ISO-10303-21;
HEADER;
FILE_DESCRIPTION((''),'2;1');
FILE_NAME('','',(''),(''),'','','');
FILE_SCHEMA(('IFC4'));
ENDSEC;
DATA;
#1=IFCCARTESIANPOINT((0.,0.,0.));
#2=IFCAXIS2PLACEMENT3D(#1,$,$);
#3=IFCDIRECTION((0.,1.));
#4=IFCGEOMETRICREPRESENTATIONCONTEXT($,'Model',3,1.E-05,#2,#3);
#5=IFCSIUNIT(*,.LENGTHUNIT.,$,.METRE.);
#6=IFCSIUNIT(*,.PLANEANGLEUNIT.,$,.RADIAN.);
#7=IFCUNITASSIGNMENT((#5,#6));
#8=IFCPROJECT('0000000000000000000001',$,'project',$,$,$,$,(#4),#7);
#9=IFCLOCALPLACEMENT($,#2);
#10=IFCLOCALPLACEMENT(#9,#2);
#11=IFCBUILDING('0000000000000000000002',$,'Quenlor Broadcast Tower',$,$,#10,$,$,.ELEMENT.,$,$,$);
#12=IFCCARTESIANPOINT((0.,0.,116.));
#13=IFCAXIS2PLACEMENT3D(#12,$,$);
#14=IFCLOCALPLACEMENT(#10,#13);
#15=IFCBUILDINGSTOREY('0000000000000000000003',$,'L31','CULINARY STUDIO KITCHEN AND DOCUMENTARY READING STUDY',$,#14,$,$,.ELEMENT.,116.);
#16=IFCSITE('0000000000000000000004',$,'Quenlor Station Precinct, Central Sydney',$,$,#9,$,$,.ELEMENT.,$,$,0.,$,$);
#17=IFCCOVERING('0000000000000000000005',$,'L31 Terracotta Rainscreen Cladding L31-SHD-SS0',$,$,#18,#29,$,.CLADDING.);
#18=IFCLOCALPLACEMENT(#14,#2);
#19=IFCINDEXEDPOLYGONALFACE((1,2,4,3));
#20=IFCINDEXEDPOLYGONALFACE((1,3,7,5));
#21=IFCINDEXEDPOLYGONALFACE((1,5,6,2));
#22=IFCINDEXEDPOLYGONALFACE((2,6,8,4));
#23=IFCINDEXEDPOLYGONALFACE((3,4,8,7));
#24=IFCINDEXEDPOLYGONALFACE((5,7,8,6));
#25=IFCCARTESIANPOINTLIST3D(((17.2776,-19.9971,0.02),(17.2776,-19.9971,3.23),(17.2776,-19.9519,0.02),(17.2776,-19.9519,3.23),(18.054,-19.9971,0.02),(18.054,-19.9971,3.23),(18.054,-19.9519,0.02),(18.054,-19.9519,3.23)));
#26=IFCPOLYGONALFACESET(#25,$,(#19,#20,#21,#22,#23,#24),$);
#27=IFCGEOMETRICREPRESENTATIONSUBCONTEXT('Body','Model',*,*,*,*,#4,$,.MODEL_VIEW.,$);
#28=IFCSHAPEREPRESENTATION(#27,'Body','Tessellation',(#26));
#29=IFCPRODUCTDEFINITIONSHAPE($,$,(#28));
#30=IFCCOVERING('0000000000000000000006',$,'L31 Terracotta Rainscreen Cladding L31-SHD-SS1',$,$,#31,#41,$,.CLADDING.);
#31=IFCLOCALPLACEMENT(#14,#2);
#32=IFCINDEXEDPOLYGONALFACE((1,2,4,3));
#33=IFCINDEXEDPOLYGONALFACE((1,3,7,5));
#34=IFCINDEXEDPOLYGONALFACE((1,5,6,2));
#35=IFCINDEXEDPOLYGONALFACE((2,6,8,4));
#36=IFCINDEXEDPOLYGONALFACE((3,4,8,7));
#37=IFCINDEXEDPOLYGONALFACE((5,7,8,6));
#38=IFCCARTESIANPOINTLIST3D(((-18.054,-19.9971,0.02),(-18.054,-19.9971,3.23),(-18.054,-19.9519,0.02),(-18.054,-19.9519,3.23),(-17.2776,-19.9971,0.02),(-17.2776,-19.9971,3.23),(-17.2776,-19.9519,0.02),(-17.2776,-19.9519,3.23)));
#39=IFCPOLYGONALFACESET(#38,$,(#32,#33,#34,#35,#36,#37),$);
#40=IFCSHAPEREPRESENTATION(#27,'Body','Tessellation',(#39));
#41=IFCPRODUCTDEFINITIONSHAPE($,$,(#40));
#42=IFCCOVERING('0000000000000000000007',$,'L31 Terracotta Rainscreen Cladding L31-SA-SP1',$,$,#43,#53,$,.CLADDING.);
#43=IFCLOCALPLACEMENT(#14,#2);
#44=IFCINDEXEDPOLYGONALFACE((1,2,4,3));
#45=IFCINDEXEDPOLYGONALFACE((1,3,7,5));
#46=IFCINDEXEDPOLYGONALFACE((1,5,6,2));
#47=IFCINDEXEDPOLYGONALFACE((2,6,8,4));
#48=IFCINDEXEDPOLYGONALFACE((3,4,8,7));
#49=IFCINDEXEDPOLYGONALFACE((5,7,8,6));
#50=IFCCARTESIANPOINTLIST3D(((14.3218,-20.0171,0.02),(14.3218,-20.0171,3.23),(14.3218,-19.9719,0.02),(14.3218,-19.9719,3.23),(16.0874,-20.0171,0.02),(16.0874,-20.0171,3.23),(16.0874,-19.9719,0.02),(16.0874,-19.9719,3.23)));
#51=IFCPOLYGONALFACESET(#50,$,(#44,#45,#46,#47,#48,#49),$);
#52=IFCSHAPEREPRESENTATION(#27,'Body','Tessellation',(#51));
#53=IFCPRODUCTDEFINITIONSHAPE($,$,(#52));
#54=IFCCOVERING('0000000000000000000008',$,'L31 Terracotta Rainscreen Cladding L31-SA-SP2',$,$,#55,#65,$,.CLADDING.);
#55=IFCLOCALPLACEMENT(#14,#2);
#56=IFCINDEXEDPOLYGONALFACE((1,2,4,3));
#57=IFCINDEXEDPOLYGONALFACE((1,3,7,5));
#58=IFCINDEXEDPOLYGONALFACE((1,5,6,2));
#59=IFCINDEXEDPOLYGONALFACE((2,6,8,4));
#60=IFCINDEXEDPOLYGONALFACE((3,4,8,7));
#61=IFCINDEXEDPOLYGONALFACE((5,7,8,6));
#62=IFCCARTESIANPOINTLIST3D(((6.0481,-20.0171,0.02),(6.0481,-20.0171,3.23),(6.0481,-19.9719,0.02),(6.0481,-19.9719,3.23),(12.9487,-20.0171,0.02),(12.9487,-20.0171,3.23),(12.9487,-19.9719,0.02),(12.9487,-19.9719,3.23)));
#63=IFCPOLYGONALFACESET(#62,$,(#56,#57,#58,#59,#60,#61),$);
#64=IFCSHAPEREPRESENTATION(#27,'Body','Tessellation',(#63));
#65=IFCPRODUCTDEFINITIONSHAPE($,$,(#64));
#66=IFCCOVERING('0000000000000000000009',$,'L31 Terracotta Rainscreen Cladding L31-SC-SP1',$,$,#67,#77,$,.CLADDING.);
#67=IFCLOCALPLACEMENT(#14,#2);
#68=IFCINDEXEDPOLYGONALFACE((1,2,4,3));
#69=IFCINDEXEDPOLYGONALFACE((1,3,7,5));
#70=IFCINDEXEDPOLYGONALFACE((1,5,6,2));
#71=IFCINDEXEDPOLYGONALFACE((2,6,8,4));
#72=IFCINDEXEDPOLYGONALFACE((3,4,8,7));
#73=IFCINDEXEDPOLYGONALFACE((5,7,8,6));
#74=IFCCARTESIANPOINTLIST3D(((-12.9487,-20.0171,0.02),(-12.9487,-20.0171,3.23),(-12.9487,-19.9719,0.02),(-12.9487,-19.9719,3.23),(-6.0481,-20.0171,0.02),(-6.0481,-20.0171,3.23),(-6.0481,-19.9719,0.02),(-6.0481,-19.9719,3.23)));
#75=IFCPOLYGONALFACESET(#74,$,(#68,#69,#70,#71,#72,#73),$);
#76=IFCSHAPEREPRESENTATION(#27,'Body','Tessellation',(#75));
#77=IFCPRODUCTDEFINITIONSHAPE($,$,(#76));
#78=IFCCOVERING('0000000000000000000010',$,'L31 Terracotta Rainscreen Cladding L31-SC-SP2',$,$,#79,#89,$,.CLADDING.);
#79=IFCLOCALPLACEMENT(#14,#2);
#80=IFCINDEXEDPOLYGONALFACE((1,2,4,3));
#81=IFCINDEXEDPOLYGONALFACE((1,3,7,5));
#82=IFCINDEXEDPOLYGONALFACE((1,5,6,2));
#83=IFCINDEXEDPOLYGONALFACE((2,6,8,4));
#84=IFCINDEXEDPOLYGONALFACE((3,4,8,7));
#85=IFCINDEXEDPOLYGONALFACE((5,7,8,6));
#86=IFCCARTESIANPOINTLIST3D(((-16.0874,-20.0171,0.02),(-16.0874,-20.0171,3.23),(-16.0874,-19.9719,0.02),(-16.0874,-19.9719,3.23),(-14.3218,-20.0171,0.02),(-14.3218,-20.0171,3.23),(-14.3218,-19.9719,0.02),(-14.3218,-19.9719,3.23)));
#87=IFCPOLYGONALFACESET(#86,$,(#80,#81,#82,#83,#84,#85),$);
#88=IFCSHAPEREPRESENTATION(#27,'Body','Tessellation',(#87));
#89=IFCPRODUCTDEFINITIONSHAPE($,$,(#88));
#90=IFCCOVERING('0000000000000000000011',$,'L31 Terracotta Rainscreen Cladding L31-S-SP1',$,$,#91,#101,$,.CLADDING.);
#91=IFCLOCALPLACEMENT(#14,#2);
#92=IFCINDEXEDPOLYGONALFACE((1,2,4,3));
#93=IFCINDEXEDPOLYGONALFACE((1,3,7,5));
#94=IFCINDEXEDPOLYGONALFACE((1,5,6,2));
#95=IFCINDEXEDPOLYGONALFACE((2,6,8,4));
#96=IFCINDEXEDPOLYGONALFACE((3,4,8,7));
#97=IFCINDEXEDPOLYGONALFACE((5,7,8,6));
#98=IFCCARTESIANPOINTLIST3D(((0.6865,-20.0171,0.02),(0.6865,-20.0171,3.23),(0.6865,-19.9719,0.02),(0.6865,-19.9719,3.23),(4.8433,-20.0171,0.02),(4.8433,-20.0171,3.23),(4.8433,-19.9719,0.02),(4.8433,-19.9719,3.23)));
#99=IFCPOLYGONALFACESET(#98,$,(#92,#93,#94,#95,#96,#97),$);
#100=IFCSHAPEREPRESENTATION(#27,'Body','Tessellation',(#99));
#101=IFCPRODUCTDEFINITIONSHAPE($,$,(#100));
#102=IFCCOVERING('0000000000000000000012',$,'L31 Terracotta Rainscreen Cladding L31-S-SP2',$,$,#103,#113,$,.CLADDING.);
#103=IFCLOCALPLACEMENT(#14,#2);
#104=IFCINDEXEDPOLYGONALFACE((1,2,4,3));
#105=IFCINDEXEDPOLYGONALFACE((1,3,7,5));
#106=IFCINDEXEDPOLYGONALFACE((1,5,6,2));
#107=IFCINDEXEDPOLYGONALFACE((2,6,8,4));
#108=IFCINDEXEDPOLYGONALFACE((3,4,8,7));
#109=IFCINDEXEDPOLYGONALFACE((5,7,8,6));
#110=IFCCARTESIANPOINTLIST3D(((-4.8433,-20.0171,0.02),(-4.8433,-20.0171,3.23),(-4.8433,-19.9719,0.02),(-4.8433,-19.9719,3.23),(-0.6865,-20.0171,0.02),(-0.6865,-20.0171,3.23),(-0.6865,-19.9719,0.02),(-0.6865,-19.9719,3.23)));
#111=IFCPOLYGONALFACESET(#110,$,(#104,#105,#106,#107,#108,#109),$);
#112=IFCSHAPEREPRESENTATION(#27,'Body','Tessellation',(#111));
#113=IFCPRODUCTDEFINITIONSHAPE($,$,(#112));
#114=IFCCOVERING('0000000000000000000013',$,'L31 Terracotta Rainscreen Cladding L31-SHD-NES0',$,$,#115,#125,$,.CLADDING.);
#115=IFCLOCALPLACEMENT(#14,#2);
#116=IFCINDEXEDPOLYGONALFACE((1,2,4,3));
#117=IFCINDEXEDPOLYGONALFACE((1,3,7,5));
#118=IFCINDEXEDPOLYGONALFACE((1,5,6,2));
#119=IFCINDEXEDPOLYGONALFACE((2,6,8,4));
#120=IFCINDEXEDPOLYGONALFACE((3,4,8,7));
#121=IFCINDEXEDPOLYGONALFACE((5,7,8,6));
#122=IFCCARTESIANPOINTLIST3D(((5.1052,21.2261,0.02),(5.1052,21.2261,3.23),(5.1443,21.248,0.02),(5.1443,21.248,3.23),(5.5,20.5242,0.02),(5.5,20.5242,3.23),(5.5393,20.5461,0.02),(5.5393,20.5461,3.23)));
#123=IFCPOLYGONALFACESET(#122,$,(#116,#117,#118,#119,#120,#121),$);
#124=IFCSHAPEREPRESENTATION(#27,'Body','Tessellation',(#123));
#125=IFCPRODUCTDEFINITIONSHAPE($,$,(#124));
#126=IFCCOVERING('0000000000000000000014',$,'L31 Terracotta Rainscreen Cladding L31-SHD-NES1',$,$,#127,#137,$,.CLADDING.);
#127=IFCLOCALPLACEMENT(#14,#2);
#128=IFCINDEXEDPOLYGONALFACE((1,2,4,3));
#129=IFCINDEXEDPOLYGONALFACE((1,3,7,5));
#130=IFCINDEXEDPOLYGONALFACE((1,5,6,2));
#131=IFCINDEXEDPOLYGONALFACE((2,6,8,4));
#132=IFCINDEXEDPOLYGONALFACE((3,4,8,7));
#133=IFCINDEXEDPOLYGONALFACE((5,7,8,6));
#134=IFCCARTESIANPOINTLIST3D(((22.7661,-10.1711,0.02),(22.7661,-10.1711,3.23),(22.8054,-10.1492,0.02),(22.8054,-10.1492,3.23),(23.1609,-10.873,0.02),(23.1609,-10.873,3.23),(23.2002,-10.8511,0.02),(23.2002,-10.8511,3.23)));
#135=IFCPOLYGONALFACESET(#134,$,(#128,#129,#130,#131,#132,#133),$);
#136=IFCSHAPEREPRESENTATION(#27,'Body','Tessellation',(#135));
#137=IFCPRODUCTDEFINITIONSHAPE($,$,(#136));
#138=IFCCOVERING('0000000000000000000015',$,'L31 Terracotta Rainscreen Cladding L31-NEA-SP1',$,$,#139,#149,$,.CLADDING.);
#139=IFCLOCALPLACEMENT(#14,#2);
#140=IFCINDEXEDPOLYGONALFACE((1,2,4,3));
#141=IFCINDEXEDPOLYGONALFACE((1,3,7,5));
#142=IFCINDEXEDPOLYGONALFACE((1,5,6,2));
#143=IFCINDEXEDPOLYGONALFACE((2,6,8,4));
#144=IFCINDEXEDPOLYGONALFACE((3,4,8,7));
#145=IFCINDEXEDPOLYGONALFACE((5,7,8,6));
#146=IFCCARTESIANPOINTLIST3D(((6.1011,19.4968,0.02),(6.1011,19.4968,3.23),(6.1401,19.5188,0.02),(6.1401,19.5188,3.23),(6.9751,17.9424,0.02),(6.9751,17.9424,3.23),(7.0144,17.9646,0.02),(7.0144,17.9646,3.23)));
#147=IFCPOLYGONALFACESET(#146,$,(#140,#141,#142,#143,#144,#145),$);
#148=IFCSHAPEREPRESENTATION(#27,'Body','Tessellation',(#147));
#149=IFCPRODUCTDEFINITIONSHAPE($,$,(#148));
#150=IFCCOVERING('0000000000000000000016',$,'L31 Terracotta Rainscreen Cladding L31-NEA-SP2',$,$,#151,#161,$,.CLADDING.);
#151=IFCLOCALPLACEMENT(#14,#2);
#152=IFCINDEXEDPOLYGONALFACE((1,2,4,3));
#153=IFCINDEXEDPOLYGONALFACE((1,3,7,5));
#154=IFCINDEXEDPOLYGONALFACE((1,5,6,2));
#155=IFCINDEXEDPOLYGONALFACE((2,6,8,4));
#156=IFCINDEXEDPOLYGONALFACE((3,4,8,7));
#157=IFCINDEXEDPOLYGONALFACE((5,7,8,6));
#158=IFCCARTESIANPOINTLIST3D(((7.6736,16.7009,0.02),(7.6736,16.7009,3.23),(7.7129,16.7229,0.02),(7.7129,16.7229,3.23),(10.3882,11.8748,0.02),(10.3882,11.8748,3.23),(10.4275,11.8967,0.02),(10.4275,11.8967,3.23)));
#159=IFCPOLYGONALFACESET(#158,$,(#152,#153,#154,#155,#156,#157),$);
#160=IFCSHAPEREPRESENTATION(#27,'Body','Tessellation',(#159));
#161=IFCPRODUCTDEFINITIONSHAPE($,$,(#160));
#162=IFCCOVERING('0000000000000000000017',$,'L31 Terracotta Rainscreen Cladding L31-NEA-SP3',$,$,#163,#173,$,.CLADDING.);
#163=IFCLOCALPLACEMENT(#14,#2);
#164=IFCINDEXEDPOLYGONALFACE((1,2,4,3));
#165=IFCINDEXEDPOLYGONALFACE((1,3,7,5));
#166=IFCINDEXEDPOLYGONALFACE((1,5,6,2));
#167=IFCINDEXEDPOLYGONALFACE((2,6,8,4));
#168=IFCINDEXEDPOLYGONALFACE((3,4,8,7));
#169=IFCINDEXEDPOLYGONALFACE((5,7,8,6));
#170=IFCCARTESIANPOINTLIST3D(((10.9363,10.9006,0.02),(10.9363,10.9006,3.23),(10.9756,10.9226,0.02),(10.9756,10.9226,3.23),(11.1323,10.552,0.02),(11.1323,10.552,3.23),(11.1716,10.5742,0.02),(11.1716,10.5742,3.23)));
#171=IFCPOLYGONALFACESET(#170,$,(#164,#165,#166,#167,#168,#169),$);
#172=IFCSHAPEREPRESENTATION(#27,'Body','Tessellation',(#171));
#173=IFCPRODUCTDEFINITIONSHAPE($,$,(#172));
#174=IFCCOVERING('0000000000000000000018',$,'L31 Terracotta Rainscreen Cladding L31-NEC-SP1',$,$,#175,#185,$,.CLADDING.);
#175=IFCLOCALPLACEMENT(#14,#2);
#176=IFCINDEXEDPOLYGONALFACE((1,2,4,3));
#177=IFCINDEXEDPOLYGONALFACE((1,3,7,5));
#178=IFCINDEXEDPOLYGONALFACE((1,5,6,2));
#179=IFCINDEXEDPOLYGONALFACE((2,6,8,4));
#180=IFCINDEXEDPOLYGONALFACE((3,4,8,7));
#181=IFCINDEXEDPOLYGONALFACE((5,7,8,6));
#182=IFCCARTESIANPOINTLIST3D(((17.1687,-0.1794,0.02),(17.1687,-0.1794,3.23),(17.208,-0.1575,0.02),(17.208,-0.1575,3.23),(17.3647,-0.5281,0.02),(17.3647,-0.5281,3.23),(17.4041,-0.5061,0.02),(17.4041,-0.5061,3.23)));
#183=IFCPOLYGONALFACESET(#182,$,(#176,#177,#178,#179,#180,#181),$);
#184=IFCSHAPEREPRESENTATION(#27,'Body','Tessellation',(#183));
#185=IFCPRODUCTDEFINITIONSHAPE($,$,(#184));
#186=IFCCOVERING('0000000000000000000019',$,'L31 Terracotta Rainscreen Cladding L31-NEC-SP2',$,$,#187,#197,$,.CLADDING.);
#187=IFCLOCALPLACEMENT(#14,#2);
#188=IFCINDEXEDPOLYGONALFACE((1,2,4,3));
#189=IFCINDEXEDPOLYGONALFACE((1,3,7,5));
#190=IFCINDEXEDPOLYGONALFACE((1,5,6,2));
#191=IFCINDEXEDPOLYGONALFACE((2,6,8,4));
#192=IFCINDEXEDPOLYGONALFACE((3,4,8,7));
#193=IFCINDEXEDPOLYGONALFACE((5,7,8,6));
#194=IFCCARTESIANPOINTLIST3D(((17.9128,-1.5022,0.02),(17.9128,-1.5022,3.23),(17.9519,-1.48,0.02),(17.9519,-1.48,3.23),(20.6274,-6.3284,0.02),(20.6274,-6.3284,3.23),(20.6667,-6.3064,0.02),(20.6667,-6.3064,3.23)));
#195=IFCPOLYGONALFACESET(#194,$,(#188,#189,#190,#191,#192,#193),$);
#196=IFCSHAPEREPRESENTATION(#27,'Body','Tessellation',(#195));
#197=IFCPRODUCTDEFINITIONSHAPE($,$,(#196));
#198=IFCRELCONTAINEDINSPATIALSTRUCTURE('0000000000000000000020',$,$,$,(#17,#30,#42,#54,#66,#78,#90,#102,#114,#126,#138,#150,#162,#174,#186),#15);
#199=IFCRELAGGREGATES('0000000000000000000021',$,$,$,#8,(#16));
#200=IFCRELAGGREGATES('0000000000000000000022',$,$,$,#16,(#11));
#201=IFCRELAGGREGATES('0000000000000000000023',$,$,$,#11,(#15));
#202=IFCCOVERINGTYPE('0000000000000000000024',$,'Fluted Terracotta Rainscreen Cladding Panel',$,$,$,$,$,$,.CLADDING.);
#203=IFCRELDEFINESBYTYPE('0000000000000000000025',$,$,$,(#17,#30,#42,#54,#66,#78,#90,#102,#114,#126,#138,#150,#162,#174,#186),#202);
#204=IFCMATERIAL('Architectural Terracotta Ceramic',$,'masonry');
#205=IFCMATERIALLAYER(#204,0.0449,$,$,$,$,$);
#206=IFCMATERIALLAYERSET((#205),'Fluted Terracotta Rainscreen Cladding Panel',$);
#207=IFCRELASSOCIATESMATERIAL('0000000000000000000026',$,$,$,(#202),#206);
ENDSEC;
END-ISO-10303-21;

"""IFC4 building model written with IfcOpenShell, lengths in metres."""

from ifc_helpers import new_model, si_unit, direction, frame, origin, place, context, subcontext, project, spatial, polyline, outline, extrude, material, layer, layer_set, type_object, element, save


model = new_model("IFC4")

# Units and contexts
model_context = context("Model", 3, precision=1e-05, world=origin(), true_north=direction((0.0, 1.0)))
body_context = subcontext(model_context, "Body", "Model", "MODEL_VIEW")
ifc_project = project(units=[si_unit("LENGTHUNIT", "METRE"), si_unit("PLANEANGLEUNIT", "RADIAN")], contexts=[model_context])

# Site, building, storey
site_placement = place(None, origin())
site = spatial("IfcSite", under=ifc_project, at=site_placement, Name="Quenlor Station Precinct, Central Sydney", CompositionType="ELEMENT", RefElevation=0.0)
building_placement = place(site_placement, origin())
building = spatial("IfcBuilding", under=site, at=building_placement, Name="Quenlor Broadcast Tower", CompositionType="ELEMENT")
storey_placement = place(building_placement, frame((0.0, 0.0, 116.0)))
storey = spatial("IfcBuildingStorey", under=building, at=storey_placement, Name="L31", Description="CULINARY STUDIO KITCHEN AND DOCUMENTARY READING STUDY", CompositionType="ELEMENT", Elevation=116.0)

# Coverings
ifc_material = material(Name="Architectural Terracotta Ceramic", Category="masonry")
ifc_layer = layer(ifc_material, 0.0449)
ifc_layer_set = layer_set([ifc_layer], Name="Fluted Terracotta Rainscreen Cladding Panel")
covering_type = type_object("IfcCoveringType", Name="Fluted Terracotta Rainscreen Cladding Panel", PredefinedType="CLADDING", material=ifc_layer_set)
covering_1_placement = place(storey_placement, frame((0.0, 0.0, 0.02)))
element("IfcCovering", 1, at=covering_1_placement, inside=storey, type_object=covering_type, Name="L31 Terracotta Rainscreen Cladding L31-SHD-SS0", PredefinedType="CLADDING", context=body_context, shape_type="SweptSolid", body=[
    extrude(outline(polyline([(18.054, -19.9519), (17.2776, -19.9519), (17.2776, -19.9971), (18.054, -19.9971), (18.054, -19.9519)])), origin(), (0.0, 0.0, 1.0), 3.21),
])
covering_2_placement = place(storey_placement, frame((0.0, 0.0, 0.02)))
element("IfcCovering", 2, at=covering_2_placement, inside=storey, type_object=covering_type, Name="L31 Terracotta Rainscreen Cladding L31-SHD-SS1", PredefinedType="CLADDING", context=body_context, shape_type="SweptSolid", body=[
    extrude(outline(polyline([(-17.2776, -19.9519), (-18.054, -19.9519), (-18.054, -19.9971), (-17.2776, -19.9971), (-17.2776, -19.9519)])), origin(), (0.0, 0.0, 1.0), 3.21),
])
covering_3_placement = place(storey_placement, frame((0.0, 0.0, 0.02)))
element("IfcCovering", 3, at=covering_3_placement, inside=storey, type_object=covering_type, Name="L31 Terracotta Rainscreen Cladding L31-SA-SP1", PredefinedType="CLADDING", context=body_context, shape_type="SweptSolid", body=[
    extrude(outline(polyline([(16.0874, -19.9719), (14.3218, -19.9719), (14.3218, -20.0171), (16.0874, -20.0171), (16.0874, -19.9719)])), origin(), (0.0, 0.0, 1.0), 3.21),
])
covering_4_placement = place(storey_placement, frame((0.0, 0.0, 0.02)))
element("IfcCovering", 4, at=covering_4_placement, inside=storey, type_object=covering_type, Name="L31 Terracotta Rainscreen Cladding L31-SA-SP2", PredefinedType="CLADDING", context=body_context, shape_type="SweptSolid", body=[
    extrude(outline(polyline([(12.9487, -19.9719), (6.0481, -19.9719), (6.0481, -20.0171), (12.9487, -20.0171), (12.9487, -19.9719)])), origin(), (0.0, 0.0, 1.0), 3.21),
])
covering_5_placement = place(storey_placement, frame((0.0, 0.0, 0.02)))
element("IfcCovering", 5, at=covering_5_placement, inside=storey, type_object=covering_type, Name="L31 Terracotta Rainscreen Cladding L31-SC-SP1", PredefinedType="CLADDING", context=body_context, shape_type="SweptSolid", body=[
    extrude(outline(polyline([(-6.0481, -19.9719), (-12.9487, -19.9719), (-12.9487, -20.0171), (-6.0481, -20.0171), (-6.0481, -19.9719)])), origin(), (0.0, 0.0, 1.0), 3.21),
])
covering_6_placement = place(storey_placement, frame((0.0, 0.0, 0.02)))
element("IfcCovering", 6, at=covering_6_placement, inside=storey, type_object=covering_type, Name="L31 Terracotta Rainscreen Cladding L31-SC-SP2", PredefinedType="CLADDING", context=body_context, shape_type="SweptSolid", body=[
    extrude(outline(polyline([(-14.3218, -19.9719), (-16.0874, -19.9719), (-16.0874, -20.0171), (-14.3218, -20.0171), (-14.3218, -19.9719)])), origin(), (0.0, 0.0, 1.0), 3.21),
])
covering_7_placement = place(storey_placement, frame((0.0, 0.0, 0.02)))
element("IfcCovering", 7, at=covering_7_placement, inside=storey, type_object=covering_type, Name="L31 Terracotta Rainscreen Cladding L31-S-SP1", PredefinedType="CLADDING", context=body_context, shape_type="SweptSolid", body=[
    extrude(outline(polyline([(4.8433, -19.9719), (0.6865, -19.9719), (0.6865, -20.0171), (4.8433, -20.0171), (4.8433, -19.9719)])), origin(), (0.0, 0.0, 1.0), 3.21),
])
covering_8_placement = place(storey_placement, frame((0.0, 0.0, 0.02)))
element("IfcCovering", 8, at=covering_8_placement, inside=storey, type_object=covering_type, Name="L31 Terracotta Rainscreen Cladding L31-S-SP2", PredefinedType="CLADDING", context=body_context, shape_type="SweptSolid", body=[
    extrude(outline(polyline([(-0.6865, -19.9719), (-4.8433, -19.9719), (-4.8433, -20.0171), (-0.6865, -20.0171), (-0.6865, -19.9719)])), origin(), (0.0, 0.0, 1.0), 3.21),
])
covering_9_placement = place(storey_placement, frame((0.0, 0.0, 0.02)))
element("IfcCovering", 9, at=covering_9_placement, inside=storey, type_object=covering_type, Name="L31 Terracotta Rainscreen Cladding L31-SHD-NES0", PredefinedType="CLADDING", context=body_context, shape_type="SweptSolid", body=[
    extrude(outline(polyline([(5.1052, 21.2261), (5.5, 20.5242), (5.5393, 20.5461), (5.1443, 21.248), (5.1052, 21.2261)])), origin(), (0.0, 0.0, 1.0), 3.21),
])
covering_10_placement = place(storey_placement, frame((0.0, 0.0, 0.02)))
element("IfcCovering", 10, at=covering_10_placement, inside=storey, type_object=covering_type, Name="L31 Terracotta Rainscreen Cladding L31-SHD-NES1", PredefinedType="CLADDING", context=body_context, shape_type="SweptSolid", body=[
    extrude(outline(polyline([(22.7661, -10.1711), (23.1609, -10.873), (23.2002, -10.8511), (22.8054, -10.1492), (22.7661, -10.1711)])), origin(), (0.0, 0.0, 1.0), 3.21),
])
covering_11_placement = place(storey_placement, frame((0.0, 0.0, 0.02)))
element("IfcCovering", 11, at=covering_11_placement, inside=storey, type_object=covering_type, Name="L31 Terracotta Rainscreen Cladding L31-NEA-SP1", PredefinedType="CLADDING", context=body_context, shape_type="SweptSolid", body=[
    extrude(outline(polyline([(6.1011, 19.4968), (6.9751, 17.9424), (7.0144, 17.9646), (6.1401, 19.5188), (6.1011, 19.4968)])), origin(), (0.0, 0.0, 1.0), 3.21),
])
covering_12_placement = place(storey_placement, frame((0.0, 0.0, 0.02)))
element("IfcCovering", 12, at=covering_12_placement, inside=storey, type_object=covering_type, Name="L31 Terracotta Rainscreen Cladding L31-NEA-SP2", PredefinedType="CLADDING", context=body_context, shape_type="SweptSolid", body=[
    extrude(outline(polyline([(7.6736, 16.7009), (10.3882, 11.8748), (10.4275, 11.8967), (7.7129, 16.7229), (7.6736, 16.7009)])), origin(), (0.0, 0.0, 1.0), 3.21),
])
covering_13_placement = place(storey_placement, frame((0.0, 0.0, 0.02)))
element("IfcCovering", 13, at=covering_13_placement, inside=storey, type_object=covering_type, Name="L31 Terracotta Rainscreen Cladding L31-NEA-SP3", PredefinedType="CLADDING", context=body_context, shape_type="SweptSolid", body=[
    extrude(outline(polyline([(10.9363, 10.9006), (11.1323, 10.552), (11.1716, 10.5742), (10.9756, 10.9226), (10.9363, 10.9006)])), origin(), (0.0, 0.0, 1.0), 3.21),
])
covering_14_placement = place(storey_placement, frame((0.0, 0.0, 0.02)))
element("IfcCovering", 14, at=covering_14_placement, inside=storey, type_object=covering_type, Name="L31 Terracotta Rainscreen Cladding L31-NEC-SP1", PredefinedType="CLADDING", context=body_context, shape_type="SweptSolid", body=[
    extrude(outline(polyline([(17.1687, -0.1794), (17.3647, -0.5281), (17.4041, -0.5061), (17.208, -0.1575), (17.1687, -0.1794)])), origin(), (0.0, 0.0, 1.0), 3.21),
])
covering_15_placement = place(storey_placement, frame((0.0, 0.0, 0.02)))
element("IfcCovering", 15, at=covering_15_placement, inside=storey, type_object=covering_type, Name="L31 Terracotta Rainscreen Cladding L31-NEC-SP2", PredefinedType="CLADDING", context=body_context, shape_type="SweptSolid", body=[
    extrude(outline(polyline([(17.9128, -1.5022), (20.6274, -6.3284), (20.6667, -6.3064), (17.9519, -1.48), (17.9128, -1.5022)])), origin(), (0.0, 0.0, 1.0), 3.21),
])

save(model, "model.ifc")
